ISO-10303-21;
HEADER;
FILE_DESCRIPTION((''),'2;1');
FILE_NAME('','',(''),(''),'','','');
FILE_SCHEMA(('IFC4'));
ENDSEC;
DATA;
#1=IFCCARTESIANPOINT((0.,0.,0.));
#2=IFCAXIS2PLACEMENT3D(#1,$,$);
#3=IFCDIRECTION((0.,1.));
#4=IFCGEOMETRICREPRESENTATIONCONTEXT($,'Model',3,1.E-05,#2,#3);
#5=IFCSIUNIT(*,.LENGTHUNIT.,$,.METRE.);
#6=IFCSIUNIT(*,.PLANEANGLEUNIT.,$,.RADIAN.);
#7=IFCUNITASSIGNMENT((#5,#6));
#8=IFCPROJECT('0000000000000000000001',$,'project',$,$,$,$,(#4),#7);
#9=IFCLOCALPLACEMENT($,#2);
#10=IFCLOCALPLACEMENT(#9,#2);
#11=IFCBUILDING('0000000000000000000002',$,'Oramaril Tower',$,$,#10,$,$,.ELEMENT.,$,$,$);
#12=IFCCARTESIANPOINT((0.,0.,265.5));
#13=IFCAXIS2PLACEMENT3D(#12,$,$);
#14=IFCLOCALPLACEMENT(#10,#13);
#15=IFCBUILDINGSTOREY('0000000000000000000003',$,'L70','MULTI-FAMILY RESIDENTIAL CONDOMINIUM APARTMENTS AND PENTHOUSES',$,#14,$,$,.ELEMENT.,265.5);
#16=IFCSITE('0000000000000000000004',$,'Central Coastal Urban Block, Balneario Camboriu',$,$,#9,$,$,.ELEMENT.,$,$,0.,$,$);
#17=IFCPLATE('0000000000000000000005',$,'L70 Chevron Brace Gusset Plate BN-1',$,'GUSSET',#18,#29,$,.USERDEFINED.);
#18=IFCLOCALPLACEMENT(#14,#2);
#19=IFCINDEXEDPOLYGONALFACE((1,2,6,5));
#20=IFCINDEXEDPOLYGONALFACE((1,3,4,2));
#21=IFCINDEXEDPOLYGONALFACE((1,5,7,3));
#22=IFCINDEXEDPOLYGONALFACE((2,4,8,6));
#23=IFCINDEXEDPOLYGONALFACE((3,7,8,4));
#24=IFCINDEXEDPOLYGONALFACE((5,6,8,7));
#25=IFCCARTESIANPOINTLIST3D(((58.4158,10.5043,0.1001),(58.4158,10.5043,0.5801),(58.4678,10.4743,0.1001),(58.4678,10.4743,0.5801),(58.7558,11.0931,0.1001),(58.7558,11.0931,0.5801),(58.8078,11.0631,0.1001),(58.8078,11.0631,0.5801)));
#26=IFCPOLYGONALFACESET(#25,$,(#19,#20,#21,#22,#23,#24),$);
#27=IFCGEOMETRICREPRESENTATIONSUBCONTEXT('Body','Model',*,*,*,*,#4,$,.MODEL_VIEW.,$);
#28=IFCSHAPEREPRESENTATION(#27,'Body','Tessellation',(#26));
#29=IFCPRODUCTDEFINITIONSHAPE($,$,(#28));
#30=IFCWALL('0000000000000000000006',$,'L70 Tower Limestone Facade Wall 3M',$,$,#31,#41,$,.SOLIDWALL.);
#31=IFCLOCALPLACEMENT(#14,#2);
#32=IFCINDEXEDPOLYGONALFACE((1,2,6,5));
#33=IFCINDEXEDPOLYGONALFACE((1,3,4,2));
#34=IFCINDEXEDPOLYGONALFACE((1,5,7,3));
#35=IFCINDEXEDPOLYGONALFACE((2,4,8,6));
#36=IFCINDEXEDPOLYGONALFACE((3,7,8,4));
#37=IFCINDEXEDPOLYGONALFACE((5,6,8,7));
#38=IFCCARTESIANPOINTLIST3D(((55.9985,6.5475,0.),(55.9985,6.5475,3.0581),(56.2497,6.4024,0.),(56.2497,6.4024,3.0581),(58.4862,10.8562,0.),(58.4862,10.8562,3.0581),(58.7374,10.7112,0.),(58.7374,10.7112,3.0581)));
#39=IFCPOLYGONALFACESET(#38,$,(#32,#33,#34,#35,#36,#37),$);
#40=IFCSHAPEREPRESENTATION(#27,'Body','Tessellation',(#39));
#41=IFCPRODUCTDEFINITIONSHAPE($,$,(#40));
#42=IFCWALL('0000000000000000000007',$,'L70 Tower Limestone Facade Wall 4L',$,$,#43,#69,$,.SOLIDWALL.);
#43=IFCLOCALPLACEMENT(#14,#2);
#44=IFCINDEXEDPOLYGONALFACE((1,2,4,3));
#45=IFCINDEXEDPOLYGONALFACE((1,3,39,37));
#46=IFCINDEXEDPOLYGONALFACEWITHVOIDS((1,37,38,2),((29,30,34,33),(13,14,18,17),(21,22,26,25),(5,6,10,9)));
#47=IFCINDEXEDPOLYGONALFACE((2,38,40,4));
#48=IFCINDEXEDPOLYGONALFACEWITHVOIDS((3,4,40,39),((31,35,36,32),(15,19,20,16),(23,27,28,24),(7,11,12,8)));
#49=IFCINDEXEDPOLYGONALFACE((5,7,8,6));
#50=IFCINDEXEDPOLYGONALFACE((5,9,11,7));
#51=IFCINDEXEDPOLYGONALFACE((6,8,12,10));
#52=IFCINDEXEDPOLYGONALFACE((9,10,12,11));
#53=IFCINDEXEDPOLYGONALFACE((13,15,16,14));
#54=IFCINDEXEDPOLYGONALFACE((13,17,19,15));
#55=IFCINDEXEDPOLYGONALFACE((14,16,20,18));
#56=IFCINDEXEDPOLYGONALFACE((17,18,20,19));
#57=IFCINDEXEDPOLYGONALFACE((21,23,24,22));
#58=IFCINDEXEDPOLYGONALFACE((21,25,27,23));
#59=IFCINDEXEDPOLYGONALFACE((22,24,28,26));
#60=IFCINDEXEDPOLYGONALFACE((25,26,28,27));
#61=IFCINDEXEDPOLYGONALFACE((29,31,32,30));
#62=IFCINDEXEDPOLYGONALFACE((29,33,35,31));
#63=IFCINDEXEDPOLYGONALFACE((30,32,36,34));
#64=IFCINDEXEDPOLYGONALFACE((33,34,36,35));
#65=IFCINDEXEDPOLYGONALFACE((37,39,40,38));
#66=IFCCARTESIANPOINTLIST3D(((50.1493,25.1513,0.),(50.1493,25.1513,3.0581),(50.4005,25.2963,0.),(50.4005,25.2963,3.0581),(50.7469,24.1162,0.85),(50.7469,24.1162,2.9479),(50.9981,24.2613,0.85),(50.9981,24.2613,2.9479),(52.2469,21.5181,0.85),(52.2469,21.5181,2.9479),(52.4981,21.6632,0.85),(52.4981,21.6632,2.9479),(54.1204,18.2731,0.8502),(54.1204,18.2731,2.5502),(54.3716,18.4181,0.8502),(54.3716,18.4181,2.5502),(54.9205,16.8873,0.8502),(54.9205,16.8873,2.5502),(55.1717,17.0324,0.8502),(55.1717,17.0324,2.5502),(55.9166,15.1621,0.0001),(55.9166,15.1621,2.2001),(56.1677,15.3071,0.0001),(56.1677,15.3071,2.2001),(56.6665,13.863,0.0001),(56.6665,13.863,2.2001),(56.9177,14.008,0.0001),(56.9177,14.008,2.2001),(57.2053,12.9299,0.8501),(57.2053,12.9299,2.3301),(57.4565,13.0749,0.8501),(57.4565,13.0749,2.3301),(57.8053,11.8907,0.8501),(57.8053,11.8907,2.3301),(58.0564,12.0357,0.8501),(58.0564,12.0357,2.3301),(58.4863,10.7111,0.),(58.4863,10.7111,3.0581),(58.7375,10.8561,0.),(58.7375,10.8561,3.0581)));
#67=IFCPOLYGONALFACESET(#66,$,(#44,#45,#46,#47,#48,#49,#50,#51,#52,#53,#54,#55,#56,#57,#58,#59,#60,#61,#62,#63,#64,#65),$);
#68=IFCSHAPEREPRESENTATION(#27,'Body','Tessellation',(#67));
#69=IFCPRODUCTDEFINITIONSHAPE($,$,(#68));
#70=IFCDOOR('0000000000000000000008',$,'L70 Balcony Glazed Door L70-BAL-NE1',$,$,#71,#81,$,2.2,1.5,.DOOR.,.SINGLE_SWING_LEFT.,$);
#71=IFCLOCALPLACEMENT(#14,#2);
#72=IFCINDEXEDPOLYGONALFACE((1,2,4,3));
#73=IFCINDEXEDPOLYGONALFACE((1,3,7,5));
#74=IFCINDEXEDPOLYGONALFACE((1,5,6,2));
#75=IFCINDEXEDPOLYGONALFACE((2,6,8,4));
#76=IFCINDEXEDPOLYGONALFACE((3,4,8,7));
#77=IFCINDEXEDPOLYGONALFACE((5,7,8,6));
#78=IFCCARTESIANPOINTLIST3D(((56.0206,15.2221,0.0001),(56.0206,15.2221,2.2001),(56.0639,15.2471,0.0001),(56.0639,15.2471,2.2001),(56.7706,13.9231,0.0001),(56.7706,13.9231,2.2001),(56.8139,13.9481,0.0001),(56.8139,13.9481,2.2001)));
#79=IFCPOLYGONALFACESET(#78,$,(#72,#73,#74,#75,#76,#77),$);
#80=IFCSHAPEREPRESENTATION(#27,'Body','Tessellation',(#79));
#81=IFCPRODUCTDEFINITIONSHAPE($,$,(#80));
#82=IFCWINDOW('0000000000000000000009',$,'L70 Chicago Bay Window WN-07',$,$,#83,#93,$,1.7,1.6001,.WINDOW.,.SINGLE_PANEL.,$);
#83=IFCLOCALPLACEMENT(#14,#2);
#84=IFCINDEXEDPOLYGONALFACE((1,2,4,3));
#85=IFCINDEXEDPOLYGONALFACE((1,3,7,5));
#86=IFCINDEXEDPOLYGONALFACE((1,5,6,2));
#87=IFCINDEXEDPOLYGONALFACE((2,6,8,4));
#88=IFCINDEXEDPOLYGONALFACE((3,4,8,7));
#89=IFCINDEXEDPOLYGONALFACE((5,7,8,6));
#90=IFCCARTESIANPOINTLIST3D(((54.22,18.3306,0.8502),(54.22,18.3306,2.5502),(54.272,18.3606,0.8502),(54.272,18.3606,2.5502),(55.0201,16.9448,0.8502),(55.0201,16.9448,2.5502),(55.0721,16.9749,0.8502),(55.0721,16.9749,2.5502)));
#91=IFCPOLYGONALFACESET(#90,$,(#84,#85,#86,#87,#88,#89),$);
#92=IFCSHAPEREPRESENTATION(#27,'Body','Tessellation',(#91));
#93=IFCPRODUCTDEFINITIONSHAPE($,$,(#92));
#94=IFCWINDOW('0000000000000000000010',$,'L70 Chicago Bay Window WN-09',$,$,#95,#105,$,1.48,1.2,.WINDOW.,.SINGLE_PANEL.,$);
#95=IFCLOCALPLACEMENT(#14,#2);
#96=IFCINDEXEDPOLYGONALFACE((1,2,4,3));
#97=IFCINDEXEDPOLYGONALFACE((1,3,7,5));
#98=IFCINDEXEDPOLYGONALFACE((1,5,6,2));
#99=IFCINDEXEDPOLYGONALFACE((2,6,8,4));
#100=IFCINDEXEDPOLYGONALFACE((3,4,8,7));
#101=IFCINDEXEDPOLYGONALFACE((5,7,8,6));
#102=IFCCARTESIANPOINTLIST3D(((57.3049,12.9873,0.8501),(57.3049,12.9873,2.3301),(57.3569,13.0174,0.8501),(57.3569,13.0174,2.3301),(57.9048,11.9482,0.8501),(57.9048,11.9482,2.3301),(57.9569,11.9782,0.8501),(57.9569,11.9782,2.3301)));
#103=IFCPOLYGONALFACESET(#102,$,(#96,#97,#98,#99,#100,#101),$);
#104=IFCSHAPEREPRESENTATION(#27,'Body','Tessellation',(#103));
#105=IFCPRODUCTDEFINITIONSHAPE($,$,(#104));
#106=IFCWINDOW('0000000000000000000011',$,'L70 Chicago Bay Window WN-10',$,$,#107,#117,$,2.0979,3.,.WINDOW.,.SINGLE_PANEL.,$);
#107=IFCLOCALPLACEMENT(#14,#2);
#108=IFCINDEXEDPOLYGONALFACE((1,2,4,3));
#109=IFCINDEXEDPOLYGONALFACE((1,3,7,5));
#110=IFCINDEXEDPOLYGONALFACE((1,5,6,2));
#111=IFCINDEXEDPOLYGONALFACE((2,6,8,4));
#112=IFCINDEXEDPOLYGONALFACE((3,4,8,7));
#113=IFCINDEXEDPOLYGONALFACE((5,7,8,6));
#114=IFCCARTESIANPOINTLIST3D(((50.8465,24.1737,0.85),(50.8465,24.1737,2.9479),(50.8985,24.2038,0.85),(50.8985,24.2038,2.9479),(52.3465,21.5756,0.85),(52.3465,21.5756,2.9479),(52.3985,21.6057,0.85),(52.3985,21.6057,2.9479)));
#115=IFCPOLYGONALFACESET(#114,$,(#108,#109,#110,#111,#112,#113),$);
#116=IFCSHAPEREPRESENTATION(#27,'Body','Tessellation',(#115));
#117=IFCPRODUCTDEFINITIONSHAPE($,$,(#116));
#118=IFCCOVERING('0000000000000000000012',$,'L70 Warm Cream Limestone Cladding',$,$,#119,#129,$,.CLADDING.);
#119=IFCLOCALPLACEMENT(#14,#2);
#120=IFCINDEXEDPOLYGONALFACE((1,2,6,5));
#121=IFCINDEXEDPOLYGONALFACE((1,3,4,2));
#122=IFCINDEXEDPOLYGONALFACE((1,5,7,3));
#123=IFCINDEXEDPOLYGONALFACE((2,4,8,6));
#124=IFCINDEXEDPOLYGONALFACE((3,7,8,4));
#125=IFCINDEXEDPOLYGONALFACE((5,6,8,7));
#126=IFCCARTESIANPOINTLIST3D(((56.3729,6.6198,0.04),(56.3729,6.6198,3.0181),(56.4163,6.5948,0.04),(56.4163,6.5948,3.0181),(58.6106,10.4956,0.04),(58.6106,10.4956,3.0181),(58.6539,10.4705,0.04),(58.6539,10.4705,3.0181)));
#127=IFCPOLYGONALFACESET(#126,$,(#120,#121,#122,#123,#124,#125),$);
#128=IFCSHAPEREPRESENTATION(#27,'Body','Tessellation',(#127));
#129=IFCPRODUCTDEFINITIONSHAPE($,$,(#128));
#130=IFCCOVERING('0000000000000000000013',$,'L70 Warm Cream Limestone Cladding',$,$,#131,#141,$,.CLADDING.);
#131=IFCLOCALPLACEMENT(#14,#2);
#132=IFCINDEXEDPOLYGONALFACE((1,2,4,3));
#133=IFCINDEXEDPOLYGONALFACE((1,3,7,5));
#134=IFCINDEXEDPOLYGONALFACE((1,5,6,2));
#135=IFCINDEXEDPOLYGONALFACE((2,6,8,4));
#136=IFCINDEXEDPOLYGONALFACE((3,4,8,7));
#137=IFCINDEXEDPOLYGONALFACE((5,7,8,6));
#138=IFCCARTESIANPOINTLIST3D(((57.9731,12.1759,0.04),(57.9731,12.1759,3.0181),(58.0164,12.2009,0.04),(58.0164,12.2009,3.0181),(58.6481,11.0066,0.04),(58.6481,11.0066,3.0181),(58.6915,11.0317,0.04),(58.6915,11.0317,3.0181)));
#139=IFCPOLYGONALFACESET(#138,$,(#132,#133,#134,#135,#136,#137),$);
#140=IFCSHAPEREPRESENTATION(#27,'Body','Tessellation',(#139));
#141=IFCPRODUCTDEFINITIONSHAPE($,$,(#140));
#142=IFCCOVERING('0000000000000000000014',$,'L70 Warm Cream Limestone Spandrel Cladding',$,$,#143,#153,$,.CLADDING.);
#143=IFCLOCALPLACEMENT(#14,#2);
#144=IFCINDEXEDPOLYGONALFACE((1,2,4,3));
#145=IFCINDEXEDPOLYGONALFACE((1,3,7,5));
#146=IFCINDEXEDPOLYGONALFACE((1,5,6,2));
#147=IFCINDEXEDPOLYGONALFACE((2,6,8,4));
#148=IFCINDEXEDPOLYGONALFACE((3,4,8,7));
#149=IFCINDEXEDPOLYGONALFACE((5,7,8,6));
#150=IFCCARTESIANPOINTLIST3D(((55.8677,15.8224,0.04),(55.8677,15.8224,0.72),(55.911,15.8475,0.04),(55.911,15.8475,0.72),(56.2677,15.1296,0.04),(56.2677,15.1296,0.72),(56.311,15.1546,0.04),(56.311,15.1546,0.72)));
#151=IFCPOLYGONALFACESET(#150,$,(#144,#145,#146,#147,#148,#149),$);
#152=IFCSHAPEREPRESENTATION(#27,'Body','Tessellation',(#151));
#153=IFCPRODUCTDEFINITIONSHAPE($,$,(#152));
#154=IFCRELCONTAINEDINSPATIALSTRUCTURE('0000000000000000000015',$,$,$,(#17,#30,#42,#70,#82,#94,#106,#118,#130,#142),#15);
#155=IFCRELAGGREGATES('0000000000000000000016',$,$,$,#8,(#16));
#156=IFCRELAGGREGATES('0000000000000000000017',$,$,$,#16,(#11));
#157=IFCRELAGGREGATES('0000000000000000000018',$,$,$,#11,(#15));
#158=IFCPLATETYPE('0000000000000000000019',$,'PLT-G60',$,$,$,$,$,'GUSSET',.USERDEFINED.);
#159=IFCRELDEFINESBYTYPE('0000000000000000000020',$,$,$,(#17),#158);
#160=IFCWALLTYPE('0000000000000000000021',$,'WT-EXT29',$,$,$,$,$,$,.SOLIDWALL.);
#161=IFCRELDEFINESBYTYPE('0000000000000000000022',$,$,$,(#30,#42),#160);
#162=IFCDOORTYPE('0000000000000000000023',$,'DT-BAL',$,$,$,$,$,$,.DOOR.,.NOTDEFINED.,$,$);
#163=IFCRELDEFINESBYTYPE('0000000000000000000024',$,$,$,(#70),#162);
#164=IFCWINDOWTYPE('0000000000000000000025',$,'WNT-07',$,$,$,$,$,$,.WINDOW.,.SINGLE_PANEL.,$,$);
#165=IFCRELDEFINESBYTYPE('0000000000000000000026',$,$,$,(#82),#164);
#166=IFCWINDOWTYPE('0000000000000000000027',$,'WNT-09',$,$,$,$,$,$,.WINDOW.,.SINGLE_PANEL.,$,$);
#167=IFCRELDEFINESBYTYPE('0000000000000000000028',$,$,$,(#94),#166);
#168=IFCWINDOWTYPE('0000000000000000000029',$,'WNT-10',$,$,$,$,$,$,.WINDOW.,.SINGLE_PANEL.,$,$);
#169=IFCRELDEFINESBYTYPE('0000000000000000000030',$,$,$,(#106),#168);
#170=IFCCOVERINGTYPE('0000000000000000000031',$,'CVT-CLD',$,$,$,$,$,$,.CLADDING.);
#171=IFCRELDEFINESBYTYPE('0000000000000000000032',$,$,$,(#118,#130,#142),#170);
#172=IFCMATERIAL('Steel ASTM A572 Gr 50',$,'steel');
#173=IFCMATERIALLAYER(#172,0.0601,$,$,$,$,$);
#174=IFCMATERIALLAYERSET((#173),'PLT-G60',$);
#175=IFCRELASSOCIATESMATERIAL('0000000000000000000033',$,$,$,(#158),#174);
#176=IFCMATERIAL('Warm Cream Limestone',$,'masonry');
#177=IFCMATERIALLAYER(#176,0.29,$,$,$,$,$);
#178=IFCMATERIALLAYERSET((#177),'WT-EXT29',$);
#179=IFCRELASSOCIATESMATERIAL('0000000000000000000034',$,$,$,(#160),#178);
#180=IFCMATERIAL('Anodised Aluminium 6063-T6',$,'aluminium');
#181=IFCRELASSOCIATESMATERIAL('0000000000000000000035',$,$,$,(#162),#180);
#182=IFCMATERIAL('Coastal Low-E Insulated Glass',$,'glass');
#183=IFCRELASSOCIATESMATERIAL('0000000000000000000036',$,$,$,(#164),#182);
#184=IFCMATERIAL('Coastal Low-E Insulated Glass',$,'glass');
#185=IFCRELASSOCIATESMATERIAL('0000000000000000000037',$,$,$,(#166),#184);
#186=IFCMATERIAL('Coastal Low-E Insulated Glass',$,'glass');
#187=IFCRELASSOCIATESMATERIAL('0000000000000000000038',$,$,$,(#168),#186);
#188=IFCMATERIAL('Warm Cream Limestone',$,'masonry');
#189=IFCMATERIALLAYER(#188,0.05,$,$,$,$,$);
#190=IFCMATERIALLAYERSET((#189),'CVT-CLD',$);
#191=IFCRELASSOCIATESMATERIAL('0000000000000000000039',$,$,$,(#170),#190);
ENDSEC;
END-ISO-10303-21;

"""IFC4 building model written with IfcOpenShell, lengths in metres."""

from ifc_helpers import new_model, si_unit, direction, frame, frame_2d, origin, origin_2d, place, context, subcontext, project, spatial, rectangle, extrude, material, layer, layer_set, type_object, element, fill, save


model = new_model("IFC4")

# Units and contexts
model_context = context("Model", 3, precision=1e-05, world=origin(), true_north=direction((0.0, 1.0)))
body_context = subcontext(model_context, "Body", "Model", "MODEL_VIEW")
ifc_project = project(units=[si_unit("LENGTHUNIT", "METRE"), si_unit("PLANEANGLEUNIT", "RADIAN")], contexts=[model_context])

# Site, building, storey
site_placement = place(None, origin())
site = spatial("IfcSite", under=ifc_project, at=site_placement, Name="Central Coastal Urban Block, Balneario Camboriu", CompositionType="ELEMENT", RefElevation=0.0)
building_placement = place(site_placement, origin())
building = spatial("IfcBuilding", under=site, at=building_placement, Name="Oramaril Tower", CompositionType="ELEMENT")
storey_placement = place(building_placement, frame((0.0, 0.0, 265.5)))
storey = spatial("IfcBuildingStorey", under=building, at=storey_placement, Name="L70", Description="MULTI-FAMILY RESIDENTIAL CONDOMINIUM APARTMENTS AND PENTHOUSES", CompositionType="ELEMENT", Elevation=265.5)

# Plate
ifc_material_1 = material(Name="Steel ASTM A572 Gr 50", Category="steel")
ifc_layer_1 = layer(ifc_material_1, 0.0601)
ifc_layer_set_1 = layer_set([ifc_layer_1], Name="PLT-G60")
plate_type = type_object("IfcPlateType", Name="PLT-G60", ElementType="GUSSET", PredefinedType="USERDEFINED", material=ifc_layer_set_1)
for number, where, z_axis, x_axis, name in (
    (1, (58.6118, 10.7837, 0.1001), (0.0, 0.0, 1.0), (0.500002, 0.866025, 0.0), "L70 Chevron Brace Gusset Plate BN-1"),
):
    element("IfcPlate", number, at=place(storey_placement, frame(where, z_axis=z_axis, x_axis=x_axis)), inside=storey, type_object=plate_type, Name=name, ObjectType="GUSSET", PredefinedType="USERDEFINED", context=body_context, shape_type="SweptSolid", body=[
        extrude(rectangle(XDim=0.6799, YDim=0.0601, at=origin_2d()), origin(), (0.0, 0.0, 1.0), 0.48),
    ])

# Wall
ifc_material_2 = material(Name="Warm Cream Limestone", Category="masonry")
ifc_layer_2 = layer(ifc_material_2, 0.29)
ifc_layer_set_2 = layer_set([ifc_layer_2], Name="WT-EXT29")
wall_type = type_object("IfcWallType", Name="WT-EXT29", PredefinedType="SOLIDWALL", material=ifc_layer_set_2)
wall_1_placement = place(storey_placement, frame((56.124, 6.4749, 0.0), z_axis=(0.0, 0.0, 1.0), x_axis=(0.500013, 0.866018, 0.0)))
element("IfcWall", 2, at=wall_1_placement, inside=storey, type_object=wall_type, Name="L70 Tower Limestone Facade Wall 3M", PredefinedType="SOLIDWALL", context=body_context, shape_type="SweptSolid", body=[
    extrude(rectangle(XDim=4.9753, YDim=0.29, at=frame_2d((2.4878, 0.0))), origin(), (0.0, 0.0, 1.0), 3.0581),
])

# Wall, openings, door, windows
wall_2_placement = place(storey_placement, frame((58.6118, 10.7837, 0.0), z_axis=(0.0, 0.0, 1.0), x_axis=(-0.499994, 0.866029, 0.0)))
wall_2 = element("IfcWall", 3, at=wall_2_placement, inside=storey, type_object=wall_type, Name="L70 Tower Limestone Facade Wall 4L", PredefinedType="SOLIDWALL", context=body_context, shape_type="SweptSolid", body=[
    extrude(rectangle(XDim=16.6741, YDim=0.29, at=frame_2d((8.3369, 0.0))), origin(), (0.0, 0.0, 1.0), 3.0581),
])
opening_1_placement = place(wall_2_placement, frame((3.6394, 0.0, 0.0)))
opening_1 = element("IfcOpeningElement", 4, at=opening_1_placement, cuts=wall_2, PredefinedType="OPENING", context=body_context, shape_type="SweptSolid", body=[
    extrude(rectangle(XDim=1.5, YDim=2.2, at=frame_2d((0.75, 1.1001))), frame((0.0, 0.145, 0.0), z_axis=(0.0, -1.0, 0.0), x_axis=(1.0, 0.0, 0.0)), (0.0, 0.0, 1.0), 0.29),
])
opening_2_placement = place(wall_2_placement, frame((7.1316, 0.0, 0.8501)))
opening_2 = element("IfcOpeningElement", 5, at=opening_2_placement, cuts=wall_2, PredefinedType="OPENING", context=body_context, shape_type="SweptSolid", body=[
    extrude(rectangle(XDim=1.6001, YDim=1.7, at=frame_2d((0.8, 0.8501))), frame((0.0, 0.145, 0.0), z_axis=(0.0, -1.0, 0.0), x_axis=(1.0, 0.0, 0.0)), (0.0, 0.0, 1.0), 0.29),
])
opening_3_placement = place(wall_2_placement, frame((12.4788, 0.0, 0.8501)))
opening_3 = element("IfcOpeningElement", 6, at=opening_3_placement, cuts=wall_2, PredefinedType="OPENING", context=body_context, shape_type="SweptSolid", body=[
    extrude(rectangle(XDim=3.0, YDim=2.0979, at=frame_2d((1.5, 1.0488))), frame((0.0, 0.145, 0.0), z_axis=(0.0, -1.0, 0.0), x_axis=(1.0, 0.0, 0.0)), (0.0, 0.0, 1.0), 0.29),
])
opening_4_placement = place(wall_2_placement, frame((1.3618, 0.0, 0.8501)))
opening_4 = element("IfcOpeningElement", 7, at=opening_4_placement, cuts=wall_2, PredefinedType="OPENING", context=body_context, shape_type="SweptSolid", body=[
    extrude(rectangle(XDim=1.2, YDim=1.48, at=frame_2d((0.6001, 0.74))), frame((0.0, 0.145, 0.0), z_axis=(0.0, -1.0, 0.0), x_axis=(1.0, 0.0, 0.0)), (0.0, 0.0, 1.0), 0.29),
])
ifc_material_3 = material(Name="Anodised Aluminium 6063-T6", Category="aluminium")
door_type = type_object("IfcDoorType", Name="DT-BAL", OperationType="NOTDEFINED", PredefinedType="DOOR", material=ifc_material_3)
door_placement = place(opening_1_placement, origin())
door = element("IfcDoor", 8, at=door_placement, inside=storey, type_object=door_type, Name="L70 Balcony Glazed Door L70-BAL-NE1", OperationType="SINGLE_SWING_LEFT", OverallHeight=2.2, OverallWidth=1.5, PredefinedType="DOOR", context=body_context, shape_type="SweptSolid", body=[
    extrude(rectangle(XDim=1.5, YDim=2.2, at=frame_2d((0.75, 1.1001))), frame((0.0, 0.0249, 0.0), z_axis=(0.0, -1.0, 0.0), x_axis=(1.0, 0.0, 0.0)), (0.0, 0.0, 1.0), 0.05),
])
fill(opening_1, door)
ifc_material_4 = material(Name="Coastal Low-E Insulated Glass", Category="glass")
window_type_1 = type_object("IfcWindowType", Name="WNT-07", PartitioningType="SINGLE_PANEL", PredefinedType="WINDOW", material=ifc_material_4)
window_1_placement = place(opening_2_placement, origin())
window_1 = element("IfcWindow", 9, at=window_1_placement, inside=storey, type_object=window_type_1, Name="L70 Chicago Bay Window WN-07", OverallHeight=1.7, OverallWidth=1.6001, PartitioningType="SINGLE_PANEL", PredefinedType="WINDOW", context=body_context, shape_type="SweptSolid", body=[
    extrude(rectangle(XDim=1.6001, YDim=1.7, at=frame_2d((0.8, 0.8501))), frame((0.0, 0.03, 0.0), z_axis=(0.0, -1.0, 0.0), x_axis=(1.0, 0.0, 0.0)), (0.0, 0.0, 1.0), 0.0601),
])
fill(opening_2, window_1)
ifc_material_5 = material(Name="Coastal Low-E Insulated Glass", Category="glass")
window_type_2 = type_object("IfcWindowType", Name="WNT-09", PartitioningType="SINGLE_PANEL", PredefinedType="WINDOW", material=ifc_material_5)
window_2_placement = place(opening_4_placement, origin())
window_2 = element("IfcWindow", 10, at=window_2_placement, inside=storey, type_object=window_type_2, Name="L70 Chicago Bay Window WN-09", OverallHeight=1.48, OverallWidth=1.2, PartitioningType="SINGLE_PANEL", PredefinedType="WINDOW", context=body_context, shape_type="SweptSolid", body=[
    extrude(rectangle(XDim=1.2, YDim=1.48, at=frame_2d((0.6001, 0.74))), frame((0.0, 0.03, 0.0), z_axis=(0.0, -1.0, 0.0), x_axis=(1.0, 0.0, 0.0)), (0.0, 0.0, 1.0), 0.0601),
])
fill(opening_4, window_2)
ifc_material_6 = material(Name="Coastal Low-E Insulated Glass", Category="glass")
window_type_3 = type_object("IfcWindowType", Name="WNT-10", PartitioningType="SINGLE_PANEL", PredefinedType="WINDOW", material=ifc_material_6)
window_3_placement = place(opening_3_placement, origin())
window_3 = element("IfcWindow", 11, at=window_3_placement, inside=storey, type_object=window_type_3, Name="L70 Chicago Bay Window WN-10", OverallHeight=2.0979, OverallWidth=3.0, PartitioningType="SINGLE_PANEL", PredefinedType="WINDOW", context=body_context, shape_type="SweptSolid", body=[
    extrude(rectangle(XDim=3.0, YDim=2.0979, at=frame_2d((1.5, 1.0488))), frame((0.0, 0.03, 0.0), z_axis=(0.0, -1.0, 0.0), x_axis=(1.0, 0.0, 0.0)), (0.0, 0.0, 1.0), 0.0601),
])
fill(opening_3, window_3)

# Coverings
ifc_material_7 = material(Name="Warm Cream Limestone", Category="masonry")
ifc_layer_3 = layer(ifc_material_7, 0.05)
ifc_layer_set_3 = layer_set([ifc_layer_3], Name="CVT-CLD")
covering_type = type_object("IfcCoveringType", Name="CVT-CLD", PredefinedType="CLADDING", material=ifc_layer_set_3)
covering_1_placement = place(storey_placement, frame((57.5134, 8.5452, 0.04), z_axis=(0.0, 0.0, 1.0), x_axis=(0.500002, 0.866025, 0.0)))
element("IfcCovering", 12, at=covering_1_placement, inside=storey, type_object=covering_type, Name="L70 Warm Cream Limestone Cladding", PredefinedType="CLADDING", context=body_context, shape_type="SweptSolid", body=[
    extrude(rectangle(XDim=4.4753, YDim=0.05, at=origin_2d()), origin(), (0.0, 0.0, 1.0), 2.978),
])
covering_2_placement = place(storey_placement, frame((58.3323, 11.6038, 0.04), z_axis=(0.0, 0.0, 1.0), x_axis=(-0.499998, 0.866026, 0.0)))
element("IfcCovering", 13, at=covering_2_placement, inside=storey, type_object=covering_type, Name="L70 Warm Cream Limestone Cladding", PredefinedType="CLADDING", context=body_context, shape_type="SweptSolid", body=[
    extrude(rectangle(XDim=1.3501, YDim=0.05, at=origin_2d()), origin(), (0.0, 0.0, 1.0), 2.978),
])
covering_3_placement = place(storey_placement, frame((56.0894, 15.4885, 0.04), z_axis=(0.0, 0.0, 1.0), x_axis=(-0.499998, 0.866026, 0.0)))
element("IfcCovering", 14, at=covering_3_placement, inside=storey, type_object=covering_type, Name="L70 Warm Cream Limestone Spandrel Cladding", PredefinedType="CLADDING", context=body_context, shape_type="SweptSolid", body=[
    extrude(rectangle(XDim=0.8, YDim=0.05, at=origin_2d()), origin(), (0.0, 0.0, 1.0), 0.6799),
])

save(model, "model.ifc")
